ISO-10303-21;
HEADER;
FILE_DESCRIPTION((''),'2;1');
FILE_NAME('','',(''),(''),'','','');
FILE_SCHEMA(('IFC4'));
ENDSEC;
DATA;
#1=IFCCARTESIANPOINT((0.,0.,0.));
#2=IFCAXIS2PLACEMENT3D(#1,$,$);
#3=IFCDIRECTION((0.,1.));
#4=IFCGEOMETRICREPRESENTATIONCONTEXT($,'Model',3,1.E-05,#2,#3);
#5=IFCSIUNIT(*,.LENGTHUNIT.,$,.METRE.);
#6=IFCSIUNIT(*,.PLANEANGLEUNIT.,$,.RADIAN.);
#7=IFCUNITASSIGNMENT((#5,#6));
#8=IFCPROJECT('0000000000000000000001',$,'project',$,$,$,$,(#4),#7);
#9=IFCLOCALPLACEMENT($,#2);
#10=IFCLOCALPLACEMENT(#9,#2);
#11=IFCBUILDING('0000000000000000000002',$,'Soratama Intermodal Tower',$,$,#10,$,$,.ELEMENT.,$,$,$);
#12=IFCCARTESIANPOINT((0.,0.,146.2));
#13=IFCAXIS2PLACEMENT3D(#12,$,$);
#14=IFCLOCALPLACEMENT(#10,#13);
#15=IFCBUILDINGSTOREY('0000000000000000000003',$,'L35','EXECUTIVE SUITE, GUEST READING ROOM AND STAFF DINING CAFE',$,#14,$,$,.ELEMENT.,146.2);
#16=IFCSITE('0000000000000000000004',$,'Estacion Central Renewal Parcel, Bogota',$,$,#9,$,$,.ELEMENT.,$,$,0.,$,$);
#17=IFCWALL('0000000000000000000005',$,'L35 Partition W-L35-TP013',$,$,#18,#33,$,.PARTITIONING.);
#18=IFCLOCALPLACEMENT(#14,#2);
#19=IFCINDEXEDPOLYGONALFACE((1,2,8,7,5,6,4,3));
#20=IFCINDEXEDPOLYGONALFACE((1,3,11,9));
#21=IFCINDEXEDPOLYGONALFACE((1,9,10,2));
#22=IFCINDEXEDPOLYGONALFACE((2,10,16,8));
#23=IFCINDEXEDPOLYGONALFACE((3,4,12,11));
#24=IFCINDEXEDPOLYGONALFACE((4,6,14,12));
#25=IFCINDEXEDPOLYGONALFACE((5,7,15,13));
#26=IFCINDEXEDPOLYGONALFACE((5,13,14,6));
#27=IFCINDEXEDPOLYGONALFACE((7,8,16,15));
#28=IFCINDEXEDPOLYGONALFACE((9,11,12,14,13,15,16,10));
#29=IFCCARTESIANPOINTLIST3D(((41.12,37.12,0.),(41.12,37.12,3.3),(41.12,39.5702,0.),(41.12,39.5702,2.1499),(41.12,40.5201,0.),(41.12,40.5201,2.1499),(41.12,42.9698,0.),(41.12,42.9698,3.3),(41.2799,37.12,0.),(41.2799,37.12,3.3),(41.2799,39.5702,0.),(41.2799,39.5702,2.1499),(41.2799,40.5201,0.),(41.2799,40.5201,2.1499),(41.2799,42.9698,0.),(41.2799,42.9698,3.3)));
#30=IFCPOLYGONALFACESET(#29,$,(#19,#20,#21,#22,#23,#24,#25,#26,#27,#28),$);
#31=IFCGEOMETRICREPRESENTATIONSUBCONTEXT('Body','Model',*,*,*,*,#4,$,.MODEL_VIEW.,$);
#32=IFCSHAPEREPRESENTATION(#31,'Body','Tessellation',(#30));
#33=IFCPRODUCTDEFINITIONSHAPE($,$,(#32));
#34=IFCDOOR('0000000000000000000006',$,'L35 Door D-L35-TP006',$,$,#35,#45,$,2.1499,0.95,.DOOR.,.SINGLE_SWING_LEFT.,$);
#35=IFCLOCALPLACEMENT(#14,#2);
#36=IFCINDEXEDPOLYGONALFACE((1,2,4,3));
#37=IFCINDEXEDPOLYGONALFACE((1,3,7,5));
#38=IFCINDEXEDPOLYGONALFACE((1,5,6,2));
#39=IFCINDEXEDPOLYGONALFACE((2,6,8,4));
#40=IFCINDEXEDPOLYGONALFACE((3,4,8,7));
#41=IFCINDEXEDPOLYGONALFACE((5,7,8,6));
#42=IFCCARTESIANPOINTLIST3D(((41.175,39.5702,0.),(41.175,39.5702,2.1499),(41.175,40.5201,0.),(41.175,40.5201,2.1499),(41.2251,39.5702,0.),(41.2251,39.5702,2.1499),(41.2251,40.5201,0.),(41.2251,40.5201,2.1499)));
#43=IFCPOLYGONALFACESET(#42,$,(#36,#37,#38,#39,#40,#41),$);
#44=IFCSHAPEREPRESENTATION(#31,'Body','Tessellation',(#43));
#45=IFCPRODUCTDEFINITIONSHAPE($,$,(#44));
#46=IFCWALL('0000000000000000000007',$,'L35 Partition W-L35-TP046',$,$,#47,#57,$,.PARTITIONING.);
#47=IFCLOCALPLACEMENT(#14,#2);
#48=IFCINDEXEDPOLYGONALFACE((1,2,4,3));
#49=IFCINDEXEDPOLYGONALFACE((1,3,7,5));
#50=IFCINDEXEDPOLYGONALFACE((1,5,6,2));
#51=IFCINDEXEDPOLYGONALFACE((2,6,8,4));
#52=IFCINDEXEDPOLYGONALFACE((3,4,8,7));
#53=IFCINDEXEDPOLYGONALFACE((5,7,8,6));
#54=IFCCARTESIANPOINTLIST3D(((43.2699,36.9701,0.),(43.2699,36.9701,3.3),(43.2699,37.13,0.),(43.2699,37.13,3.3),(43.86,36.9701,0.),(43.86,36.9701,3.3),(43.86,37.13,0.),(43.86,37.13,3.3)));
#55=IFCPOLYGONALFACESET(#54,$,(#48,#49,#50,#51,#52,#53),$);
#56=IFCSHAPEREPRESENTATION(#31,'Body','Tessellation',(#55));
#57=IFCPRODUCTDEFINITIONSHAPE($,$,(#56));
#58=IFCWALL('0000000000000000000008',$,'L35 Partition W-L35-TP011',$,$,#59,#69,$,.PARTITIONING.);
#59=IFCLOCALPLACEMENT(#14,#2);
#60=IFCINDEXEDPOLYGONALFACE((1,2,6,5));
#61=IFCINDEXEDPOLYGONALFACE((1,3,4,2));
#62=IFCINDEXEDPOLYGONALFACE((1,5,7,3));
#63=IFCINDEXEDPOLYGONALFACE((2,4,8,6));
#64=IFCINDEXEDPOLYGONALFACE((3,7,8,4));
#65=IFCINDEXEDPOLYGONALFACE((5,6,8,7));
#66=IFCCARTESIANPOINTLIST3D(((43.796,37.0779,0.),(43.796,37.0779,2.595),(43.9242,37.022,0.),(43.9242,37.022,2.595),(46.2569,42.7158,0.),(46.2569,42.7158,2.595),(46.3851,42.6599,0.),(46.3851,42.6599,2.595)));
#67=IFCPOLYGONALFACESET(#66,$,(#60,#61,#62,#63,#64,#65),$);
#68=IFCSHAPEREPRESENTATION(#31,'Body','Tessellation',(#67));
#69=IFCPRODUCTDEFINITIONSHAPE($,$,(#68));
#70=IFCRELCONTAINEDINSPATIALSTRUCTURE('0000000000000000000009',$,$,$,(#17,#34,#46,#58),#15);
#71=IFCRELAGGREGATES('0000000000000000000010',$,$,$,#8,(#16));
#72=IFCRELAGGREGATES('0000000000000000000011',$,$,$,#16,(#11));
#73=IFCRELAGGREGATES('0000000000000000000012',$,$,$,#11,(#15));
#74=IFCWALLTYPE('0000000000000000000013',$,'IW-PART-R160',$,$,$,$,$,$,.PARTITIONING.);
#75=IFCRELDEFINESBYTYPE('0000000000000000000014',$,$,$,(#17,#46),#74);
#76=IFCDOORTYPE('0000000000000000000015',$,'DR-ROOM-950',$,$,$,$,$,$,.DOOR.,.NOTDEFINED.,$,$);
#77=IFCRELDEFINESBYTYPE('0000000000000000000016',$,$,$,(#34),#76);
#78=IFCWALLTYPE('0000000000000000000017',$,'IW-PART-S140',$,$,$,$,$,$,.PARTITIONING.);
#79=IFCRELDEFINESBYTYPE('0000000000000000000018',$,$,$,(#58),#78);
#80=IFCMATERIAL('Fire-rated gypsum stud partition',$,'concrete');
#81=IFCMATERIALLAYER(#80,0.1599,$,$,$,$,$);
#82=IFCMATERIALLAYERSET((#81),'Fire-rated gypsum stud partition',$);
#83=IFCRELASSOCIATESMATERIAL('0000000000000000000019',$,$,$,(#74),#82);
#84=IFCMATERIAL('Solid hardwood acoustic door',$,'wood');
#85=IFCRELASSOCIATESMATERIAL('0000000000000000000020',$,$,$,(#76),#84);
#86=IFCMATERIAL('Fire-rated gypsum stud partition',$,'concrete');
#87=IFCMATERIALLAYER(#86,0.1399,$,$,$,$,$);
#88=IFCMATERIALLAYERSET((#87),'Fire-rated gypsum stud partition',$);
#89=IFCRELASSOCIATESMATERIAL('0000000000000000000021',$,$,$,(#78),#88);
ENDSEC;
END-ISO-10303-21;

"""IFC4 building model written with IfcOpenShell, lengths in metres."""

from ifc_helpers import new_model, si_unit, direction, frame, frame_2d, origin, place, context, subcontext, project, spatial, rectangle, extrude, material, layer, layer_set, type_object, element, fill, save


model = new_model("IFC4")

# Units and contexts
model_context = context("Model", 3, precision=1e-05, world=origin(), true_north=direction((0.0, 1.0)))
body_context = subcontext(model_context, "Body", "Model", "MODEL_VIEW")
ifc_project = project(units=[si_unit("LENGTHUNIT", "METRE"), si_unit("PLANEANGLEUNIT", "RADIAN")], contexts=[model_context])

# Site, building, storey
site_placement = place(None, origin())
site = spatial("IfcSite", under=ifc_project, at=site_placement, Name="Estacion Central Renewal Parcel, Bogota", CompositionType="ELEMENT", RefElevation=0.0)
building_placement = place(site_placement, origin())
building = spatial("IfcBuilding", under=site, at=building_placement, Name="Soratama Intermodal Tower", CompositionType="ELEMENT")
storey_placement = place(building_placement, frame((0.0, 0.0, 146.2)))
storey = spatial("IfcBuildingStorey", under=building, at=storey_placement, Name="L35", Description="EXECUTIVE SUITE, GUEST READING ROOM AND STAFF DINING CAFE", CompositionType="ELEMENT", Elevation=146.2)

# Wall, opening, door
ifc_material_1 = material(Name="Fire-rated gypsum stud partition", Category="concrete")
ifc_layer_1 = layer(ifc_material_1, 0.1599)
ifc_layer_set_1 = layer_set([ifc_layer_1], Name="Fire-rated gypsum stud partition")
wall_type_1 = type_object("IfcWallType", Name="IW-PART-R160", PredefinedType="PARTITIONING", material=ifc_layer_set_1)
ifc_material_2 = material(Name="Solid hardwood acoustic door", Category="wood")
door_type = type_object("IfcDoorType", Name="DR-ROOM-950", OperationType="NOTDEFINED", PredefinedType="DOOR", material=ifc_material_2)
wall_1_placement = place(storey_placement, frame((41.2, 37.1201, 0.0), z_axis=(0.0, 0.0, 1.0), x_axis=(0.0, 1.0, 0.0)))
wall_1 = element("IfcWall", 1, at=wall_1_placement, inside=storey, type_object=wall_type_1, Name="L35 Partition W-L35-TP013", PredefinedType="PARTITIONING", context=body_context, shape_type="SweptSolid", body=[
    extrude(rectangle(XDim=5.8499, YDim=0.1599, at=frame_2d((2.9248, 0.0))), origin(), (0.0, 0.0, 1.0), 3.3),
])
opening_1_placement = place(wall_1_placement, frame((2.45, 0.0, 0.0)))
opening_1 = element("IfcOpeningElement", 2, at=opening_1_placement, cuts=wall_1, PredefinedType="OPENING", context=body_context, shape_type="SweptSolid", body=[
    extrude(rectangle(XDim=0.95, YDim=2.1499, at=frame_2d((0.4751, 1.075))), frame((0.0, 0.0898, 0.0), z_axis=(0.0, -1.0, 0.0), x_axis=(1.0, 0.0, 0.0)), (0.0, 0.0, 1.0), 0.1799),
])
door_1_placement = place(opening_1_placement, origin())
door_1 = element("IfcDoor", 3, at=door_1_placement, inside=storey, type_object=door_type, Name="L35 Door D-L35-TP006", OperationType="SINGLE_SWING_LEFT", OverallHeight=2.1499, OverallWidth=0.95, PredefinedType="DOOR", context=body_context, shape_type="SweptSolid", body=[
    extrude(rectangle(XDim=0.95, YDim=2.1499, at=frame_2d((0.4751, 1.075))), frame((0.0, 0.0249, 0.0), z_axis=(0.0, -1.0, 0.0), x_axis=(1.0, 0.0, 0.0)), (0.0, 0.0, 1.0), 0.05),
])
fill(opening_1, door_1)

# Walls
wall_2_placement = place(storey_placement, frame((43.27, 37.05, 0.0), z_axis=(0.0, 0.0, 1.0), x_axis=(1.0, 0.0, 0.0)))
element("IfcWall", 4, at=wall_2_placement, inside=storey, type_object=wall_type_1, Name="L35 Partition W-L35-TP046", PredefinedType="PARTITIONING", context=body_context, shape_type="SweptSolid", body=[
    extrude(rectangle(XDim=0.5901, YDim=0.1599, at=frame_2d((0.2949, 0.0))), origin(), (0.0, 0.0, 1.0), 3.3),
])
ifc_material_3 = material(Name="Fire-rated gypsum stud partition", Category="concrete")
ifc_layer_2 = layer(ifc_material_3, 0.1399)
ifc_layer_set_2 = layer_set([ifc_layer_2], Name="Fire-rated gypsum stud partition")
wall_type_2 = type_object("IfcWallType", Name="IW-PART-S140", PredefinedType="PARTITIONING", material=ifc_layer_set_2)
wall_3_placement = place(storey_placement, frame((43.8601, 37.05, 0.0), z_axis=(0.0, 0.0, 1.0), x_axis=(0.400046, 0.916495, 0.0)))
element("IfcWall", 5, at=wall_3_placement, inside=storey, type_object=wall_type_2, Name="L35 Partition W-L35-TP011", PredefinedType="PARTITIONING", context=body_context, shape_type="SweptSolid", body=[
    extrude(rectangle(XDim=6.1516, YDim=0.1399, at=frame_2d((3.0757, 0.0))), origin(), (0.0, 0.0, 1.0), 2.595),
])

save(model, "model.ifc")
